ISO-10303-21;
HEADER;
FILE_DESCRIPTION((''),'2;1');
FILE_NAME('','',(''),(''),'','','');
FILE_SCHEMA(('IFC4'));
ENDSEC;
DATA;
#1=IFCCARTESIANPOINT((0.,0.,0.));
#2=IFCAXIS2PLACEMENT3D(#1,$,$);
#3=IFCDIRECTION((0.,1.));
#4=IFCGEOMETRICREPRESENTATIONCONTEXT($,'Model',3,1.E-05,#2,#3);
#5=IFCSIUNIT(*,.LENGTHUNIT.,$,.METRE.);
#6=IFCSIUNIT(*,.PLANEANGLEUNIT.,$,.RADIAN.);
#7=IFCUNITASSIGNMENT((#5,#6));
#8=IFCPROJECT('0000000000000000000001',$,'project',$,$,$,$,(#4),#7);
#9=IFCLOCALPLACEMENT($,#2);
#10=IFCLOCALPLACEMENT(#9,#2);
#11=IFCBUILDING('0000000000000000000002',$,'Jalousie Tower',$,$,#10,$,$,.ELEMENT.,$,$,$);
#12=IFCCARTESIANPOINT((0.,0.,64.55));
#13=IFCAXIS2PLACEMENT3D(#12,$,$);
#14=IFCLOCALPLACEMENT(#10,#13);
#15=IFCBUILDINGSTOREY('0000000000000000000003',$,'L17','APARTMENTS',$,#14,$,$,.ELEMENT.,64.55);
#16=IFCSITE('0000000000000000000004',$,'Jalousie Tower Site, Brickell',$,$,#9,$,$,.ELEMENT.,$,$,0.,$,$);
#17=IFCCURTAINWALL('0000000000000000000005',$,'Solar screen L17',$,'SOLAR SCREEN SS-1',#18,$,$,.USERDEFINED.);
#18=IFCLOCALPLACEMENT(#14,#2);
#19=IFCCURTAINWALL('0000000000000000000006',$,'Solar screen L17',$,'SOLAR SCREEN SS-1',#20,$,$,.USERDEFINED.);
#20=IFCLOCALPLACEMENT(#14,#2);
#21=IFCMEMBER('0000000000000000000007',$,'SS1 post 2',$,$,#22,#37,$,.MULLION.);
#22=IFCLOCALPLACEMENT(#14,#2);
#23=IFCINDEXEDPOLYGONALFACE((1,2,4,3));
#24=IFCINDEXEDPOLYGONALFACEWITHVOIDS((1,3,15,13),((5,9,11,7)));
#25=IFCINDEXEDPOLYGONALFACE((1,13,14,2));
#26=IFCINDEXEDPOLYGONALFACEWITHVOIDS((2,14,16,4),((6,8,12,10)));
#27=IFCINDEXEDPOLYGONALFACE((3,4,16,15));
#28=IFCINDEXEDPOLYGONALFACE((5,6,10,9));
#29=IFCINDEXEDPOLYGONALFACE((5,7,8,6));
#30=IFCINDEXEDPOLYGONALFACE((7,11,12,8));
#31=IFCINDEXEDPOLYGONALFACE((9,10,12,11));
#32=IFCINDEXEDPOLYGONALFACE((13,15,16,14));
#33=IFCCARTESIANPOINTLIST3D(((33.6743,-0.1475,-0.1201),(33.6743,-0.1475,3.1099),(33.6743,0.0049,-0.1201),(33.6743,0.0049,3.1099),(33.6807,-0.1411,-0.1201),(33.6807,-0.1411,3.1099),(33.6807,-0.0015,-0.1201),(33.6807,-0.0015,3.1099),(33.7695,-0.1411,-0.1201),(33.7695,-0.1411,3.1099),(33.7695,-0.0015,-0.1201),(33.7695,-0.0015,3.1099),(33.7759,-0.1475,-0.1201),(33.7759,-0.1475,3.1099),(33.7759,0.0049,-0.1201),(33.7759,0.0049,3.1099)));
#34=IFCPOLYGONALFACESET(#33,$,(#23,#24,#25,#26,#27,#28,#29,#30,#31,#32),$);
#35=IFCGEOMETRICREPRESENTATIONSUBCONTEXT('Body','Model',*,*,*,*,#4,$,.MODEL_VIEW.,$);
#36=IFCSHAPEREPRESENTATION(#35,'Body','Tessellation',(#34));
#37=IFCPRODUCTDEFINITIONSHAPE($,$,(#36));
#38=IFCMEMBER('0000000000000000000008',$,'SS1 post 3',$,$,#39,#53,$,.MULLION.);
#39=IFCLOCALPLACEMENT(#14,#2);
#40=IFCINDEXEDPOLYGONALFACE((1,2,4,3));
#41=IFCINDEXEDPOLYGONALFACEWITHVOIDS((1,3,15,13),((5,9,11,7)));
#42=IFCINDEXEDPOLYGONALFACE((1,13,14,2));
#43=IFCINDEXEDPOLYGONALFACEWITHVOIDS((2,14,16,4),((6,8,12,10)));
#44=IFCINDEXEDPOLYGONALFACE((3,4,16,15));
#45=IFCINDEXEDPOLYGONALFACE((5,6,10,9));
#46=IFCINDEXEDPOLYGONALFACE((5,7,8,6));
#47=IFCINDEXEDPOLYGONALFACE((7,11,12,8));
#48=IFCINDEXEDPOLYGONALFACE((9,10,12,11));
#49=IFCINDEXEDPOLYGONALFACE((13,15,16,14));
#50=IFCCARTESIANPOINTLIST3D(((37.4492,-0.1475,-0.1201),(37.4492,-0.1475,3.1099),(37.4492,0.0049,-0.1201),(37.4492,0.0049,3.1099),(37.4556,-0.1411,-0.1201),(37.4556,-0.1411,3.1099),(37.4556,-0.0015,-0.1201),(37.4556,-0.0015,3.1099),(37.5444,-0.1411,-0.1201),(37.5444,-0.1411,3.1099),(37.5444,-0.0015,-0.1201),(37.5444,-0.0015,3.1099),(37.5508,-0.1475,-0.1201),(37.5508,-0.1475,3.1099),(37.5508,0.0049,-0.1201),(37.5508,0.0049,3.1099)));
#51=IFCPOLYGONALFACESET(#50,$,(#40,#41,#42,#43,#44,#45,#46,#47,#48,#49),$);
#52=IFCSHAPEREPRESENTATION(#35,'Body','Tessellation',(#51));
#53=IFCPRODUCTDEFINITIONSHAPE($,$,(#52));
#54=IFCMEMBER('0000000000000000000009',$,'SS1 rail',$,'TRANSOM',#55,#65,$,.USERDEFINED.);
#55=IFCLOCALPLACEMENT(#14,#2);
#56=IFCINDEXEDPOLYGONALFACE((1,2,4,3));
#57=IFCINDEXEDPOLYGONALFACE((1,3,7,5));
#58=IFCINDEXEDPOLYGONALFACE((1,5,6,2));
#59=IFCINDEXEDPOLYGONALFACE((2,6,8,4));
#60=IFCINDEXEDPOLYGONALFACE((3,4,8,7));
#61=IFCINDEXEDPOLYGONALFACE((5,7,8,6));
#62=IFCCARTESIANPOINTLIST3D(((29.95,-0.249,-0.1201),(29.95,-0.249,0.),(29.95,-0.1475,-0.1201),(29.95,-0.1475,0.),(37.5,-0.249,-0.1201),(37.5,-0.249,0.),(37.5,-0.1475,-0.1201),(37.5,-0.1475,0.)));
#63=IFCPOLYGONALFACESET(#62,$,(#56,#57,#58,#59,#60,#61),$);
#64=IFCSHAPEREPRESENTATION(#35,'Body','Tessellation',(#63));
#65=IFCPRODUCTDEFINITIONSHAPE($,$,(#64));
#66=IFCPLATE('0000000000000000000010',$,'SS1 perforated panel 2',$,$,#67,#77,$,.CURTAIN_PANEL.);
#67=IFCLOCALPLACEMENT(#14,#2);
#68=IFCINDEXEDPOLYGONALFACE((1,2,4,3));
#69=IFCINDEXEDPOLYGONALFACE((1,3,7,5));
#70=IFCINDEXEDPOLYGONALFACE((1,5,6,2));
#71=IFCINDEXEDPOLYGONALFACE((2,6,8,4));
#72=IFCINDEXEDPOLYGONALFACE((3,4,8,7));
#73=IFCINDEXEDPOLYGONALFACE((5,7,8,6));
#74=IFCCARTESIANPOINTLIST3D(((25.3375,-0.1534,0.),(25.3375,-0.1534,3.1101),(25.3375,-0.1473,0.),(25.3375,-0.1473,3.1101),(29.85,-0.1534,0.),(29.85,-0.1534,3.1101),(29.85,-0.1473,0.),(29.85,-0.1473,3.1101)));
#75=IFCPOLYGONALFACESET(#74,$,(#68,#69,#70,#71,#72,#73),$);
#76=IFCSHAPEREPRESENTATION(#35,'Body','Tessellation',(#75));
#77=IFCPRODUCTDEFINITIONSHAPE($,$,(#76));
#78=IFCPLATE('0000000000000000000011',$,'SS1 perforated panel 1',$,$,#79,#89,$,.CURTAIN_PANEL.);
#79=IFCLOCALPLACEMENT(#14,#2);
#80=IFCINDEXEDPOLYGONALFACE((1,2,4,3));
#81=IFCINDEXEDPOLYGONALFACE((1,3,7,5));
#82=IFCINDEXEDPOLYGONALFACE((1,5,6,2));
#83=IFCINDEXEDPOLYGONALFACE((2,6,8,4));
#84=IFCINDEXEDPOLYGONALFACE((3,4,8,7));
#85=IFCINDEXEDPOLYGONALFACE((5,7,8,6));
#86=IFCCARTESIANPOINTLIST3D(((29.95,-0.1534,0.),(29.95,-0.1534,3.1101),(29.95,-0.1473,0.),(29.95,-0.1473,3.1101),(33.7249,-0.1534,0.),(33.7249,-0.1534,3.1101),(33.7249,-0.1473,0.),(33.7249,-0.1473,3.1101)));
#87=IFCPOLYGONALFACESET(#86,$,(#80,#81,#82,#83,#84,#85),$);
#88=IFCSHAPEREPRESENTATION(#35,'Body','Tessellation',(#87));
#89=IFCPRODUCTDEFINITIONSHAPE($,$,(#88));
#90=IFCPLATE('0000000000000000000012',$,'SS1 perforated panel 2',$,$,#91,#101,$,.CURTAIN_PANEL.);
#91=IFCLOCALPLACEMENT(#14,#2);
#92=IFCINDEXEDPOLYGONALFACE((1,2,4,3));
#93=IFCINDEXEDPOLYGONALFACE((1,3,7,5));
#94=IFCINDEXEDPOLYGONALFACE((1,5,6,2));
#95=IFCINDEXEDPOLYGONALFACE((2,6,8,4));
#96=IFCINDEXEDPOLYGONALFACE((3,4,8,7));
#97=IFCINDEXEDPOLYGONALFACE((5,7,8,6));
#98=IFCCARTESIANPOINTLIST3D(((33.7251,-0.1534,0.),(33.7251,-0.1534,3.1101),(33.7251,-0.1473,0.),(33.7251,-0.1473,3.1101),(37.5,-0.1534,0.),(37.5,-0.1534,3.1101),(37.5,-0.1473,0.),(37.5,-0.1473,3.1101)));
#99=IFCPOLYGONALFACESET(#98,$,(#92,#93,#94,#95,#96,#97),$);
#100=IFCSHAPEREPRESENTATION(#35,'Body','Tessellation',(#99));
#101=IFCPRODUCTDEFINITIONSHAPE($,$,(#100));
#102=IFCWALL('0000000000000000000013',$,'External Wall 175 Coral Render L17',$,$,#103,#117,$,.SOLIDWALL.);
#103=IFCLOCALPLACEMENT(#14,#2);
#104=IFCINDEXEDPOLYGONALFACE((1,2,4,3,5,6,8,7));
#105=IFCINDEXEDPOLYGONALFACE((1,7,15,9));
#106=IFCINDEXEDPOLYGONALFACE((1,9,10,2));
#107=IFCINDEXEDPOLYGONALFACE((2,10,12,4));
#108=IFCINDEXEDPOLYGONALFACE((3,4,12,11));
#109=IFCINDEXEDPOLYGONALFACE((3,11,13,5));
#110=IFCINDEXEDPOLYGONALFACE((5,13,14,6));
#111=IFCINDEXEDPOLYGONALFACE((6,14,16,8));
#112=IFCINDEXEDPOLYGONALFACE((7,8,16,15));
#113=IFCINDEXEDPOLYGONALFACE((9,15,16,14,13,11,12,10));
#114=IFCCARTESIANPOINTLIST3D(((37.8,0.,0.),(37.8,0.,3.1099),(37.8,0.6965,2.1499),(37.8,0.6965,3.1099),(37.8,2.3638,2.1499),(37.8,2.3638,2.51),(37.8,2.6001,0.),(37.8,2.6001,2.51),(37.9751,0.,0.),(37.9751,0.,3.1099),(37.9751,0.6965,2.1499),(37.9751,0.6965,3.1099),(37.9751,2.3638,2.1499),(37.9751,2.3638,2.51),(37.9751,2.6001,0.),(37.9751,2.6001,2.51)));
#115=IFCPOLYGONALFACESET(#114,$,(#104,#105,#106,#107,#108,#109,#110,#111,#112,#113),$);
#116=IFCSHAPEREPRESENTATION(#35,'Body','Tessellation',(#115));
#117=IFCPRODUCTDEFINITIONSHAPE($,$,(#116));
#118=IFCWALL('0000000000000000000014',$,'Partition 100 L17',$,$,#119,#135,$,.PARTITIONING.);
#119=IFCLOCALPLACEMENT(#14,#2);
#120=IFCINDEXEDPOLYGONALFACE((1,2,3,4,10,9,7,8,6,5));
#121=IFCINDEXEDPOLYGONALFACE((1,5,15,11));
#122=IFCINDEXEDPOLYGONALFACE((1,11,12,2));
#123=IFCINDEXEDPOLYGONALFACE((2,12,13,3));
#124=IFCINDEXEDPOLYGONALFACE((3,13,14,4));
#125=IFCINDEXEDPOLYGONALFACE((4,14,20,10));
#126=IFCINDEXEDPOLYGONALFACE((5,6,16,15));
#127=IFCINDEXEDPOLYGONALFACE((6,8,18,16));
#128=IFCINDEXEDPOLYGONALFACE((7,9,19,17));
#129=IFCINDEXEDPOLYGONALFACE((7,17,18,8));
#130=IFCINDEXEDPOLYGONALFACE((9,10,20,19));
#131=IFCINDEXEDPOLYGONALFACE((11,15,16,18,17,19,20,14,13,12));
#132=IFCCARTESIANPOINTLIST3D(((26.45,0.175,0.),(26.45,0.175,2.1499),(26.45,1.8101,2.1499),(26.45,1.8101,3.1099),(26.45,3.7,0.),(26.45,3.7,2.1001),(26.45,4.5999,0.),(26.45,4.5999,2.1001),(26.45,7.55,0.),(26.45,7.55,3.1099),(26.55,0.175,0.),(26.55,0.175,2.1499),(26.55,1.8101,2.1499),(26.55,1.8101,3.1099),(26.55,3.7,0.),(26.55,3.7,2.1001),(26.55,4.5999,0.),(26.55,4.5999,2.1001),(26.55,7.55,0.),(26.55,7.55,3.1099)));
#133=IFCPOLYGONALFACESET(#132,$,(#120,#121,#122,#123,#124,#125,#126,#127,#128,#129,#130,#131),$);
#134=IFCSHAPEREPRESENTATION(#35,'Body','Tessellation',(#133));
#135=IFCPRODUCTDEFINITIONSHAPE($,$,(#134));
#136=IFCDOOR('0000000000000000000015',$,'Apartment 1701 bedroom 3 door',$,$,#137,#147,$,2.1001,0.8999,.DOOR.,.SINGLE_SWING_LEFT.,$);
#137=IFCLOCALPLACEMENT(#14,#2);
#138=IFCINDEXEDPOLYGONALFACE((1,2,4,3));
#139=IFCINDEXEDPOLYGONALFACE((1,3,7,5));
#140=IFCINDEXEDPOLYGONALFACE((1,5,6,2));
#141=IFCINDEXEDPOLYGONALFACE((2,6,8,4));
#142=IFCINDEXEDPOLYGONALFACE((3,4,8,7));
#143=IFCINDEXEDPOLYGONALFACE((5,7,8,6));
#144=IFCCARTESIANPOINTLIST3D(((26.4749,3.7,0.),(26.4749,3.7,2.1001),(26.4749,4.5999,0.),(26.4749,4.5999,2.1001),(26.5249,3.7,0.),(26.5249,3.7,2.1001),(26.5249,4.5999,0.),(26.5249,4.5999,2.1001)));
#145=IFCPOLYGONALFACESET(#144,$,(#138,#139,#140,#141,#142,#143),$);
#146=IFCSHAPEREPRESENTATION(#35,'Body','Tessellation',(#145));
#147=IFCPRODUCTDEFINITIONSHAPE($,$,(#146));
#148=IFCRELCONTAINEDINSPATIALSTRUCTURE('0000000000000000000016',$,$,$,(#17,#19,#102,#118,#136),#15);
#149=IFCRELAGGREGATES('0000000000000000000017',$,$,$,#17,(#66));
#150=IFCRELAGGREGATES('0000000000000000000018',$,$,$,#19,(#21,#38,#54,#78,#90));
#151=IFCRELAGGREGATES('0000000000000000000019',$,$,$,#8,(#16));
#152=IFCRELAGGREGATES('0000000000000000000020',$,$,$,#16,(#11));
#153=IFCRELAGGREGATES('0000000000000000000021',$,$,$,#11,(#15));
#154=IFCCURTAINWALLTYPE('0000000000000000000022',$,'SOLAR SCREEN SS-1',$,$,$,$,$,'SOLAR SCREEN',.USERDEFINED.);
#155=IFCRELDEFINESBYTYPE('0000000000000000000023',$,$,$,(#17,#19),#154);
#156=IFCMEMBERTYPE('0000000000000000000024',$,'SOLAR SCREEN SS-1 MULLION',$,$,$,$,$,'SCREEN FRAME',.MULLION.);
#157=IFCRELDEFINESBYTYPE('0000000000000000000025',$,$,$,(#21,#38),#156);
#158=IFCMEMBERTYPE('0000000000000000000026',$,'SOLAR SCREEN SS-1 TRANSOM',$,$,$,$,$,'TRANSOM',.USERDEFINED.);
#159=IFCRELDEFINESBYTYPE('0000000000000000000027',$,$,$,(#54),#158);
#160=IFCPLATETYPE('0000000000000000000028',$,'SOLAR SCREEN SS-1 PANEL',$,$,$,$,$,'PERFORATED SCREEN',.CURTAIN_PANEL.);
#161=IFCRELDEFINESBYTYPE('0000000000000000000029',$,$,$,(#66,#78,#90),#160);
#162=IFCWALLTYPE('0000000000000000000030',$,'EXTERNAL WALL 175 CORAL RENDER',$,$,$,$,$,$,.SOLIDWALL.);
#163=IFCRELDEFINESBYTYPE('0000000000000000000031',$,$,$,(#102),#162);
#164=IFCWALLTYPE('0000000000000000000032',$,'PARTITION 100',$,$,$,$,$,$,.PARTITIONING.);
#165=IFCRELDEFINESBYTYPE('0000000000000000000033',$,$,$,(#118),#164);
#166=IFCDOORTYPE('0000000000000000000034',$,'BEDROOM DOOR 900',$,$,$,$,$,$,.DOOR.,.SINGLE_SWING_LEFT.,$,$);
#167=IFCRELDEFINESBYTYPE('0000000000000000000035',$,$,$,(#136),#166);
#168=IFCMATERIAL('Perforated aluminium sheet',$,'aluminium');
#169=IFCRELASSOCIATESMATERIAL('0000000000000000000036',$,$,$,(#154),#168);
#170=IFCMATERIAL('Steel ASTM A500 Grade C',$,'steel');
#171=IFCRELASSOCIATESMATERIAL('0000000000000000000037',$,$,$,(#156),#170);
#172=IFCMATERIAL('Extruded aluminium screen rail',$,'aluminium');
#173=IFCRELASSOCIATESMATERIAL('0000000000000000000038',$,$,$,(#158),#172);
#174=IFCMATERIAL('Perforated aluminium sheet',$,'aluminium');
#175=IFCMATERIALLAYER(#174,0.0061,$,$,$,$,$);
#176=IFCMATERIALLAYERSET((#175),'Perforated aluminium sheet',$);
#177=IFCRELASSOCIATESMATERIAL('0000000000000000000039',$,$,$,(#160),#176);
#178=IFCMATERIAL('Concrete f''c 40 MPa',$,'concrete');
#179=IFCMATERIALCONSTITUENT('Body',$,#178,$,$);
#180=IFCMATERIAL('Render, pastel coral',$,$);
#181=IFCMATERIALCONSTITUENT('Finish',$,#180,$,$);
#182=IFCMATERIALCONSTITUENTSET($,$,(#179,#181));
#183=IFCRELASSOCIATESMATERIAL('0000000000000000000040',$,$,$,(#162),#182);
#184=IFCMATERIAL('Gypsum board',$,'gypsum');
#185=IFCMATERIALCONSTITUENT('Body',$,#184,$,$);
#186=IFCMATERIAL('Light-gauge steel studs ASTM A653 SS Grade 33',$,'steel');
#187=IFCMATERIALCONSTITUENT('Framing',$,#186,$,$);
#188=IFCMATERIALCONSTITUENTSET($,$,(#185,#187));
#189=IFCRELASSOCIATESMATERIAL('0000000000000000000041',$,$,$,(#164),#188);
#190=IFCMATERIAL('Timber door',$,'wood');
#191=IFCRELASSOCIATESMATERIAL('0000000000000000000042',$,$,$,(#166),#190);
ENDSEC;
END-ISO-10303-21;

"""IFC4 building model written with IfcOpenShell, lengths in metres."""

from ifc_helpers import new_model, si_unit, direction, frame, frame_2d, origin, origin_2d, place, context, subcontext, project, spatial, polyline, rectangle, hollow_rectangle, outline, extrude, material, layer, layer_set, constituent, constituent_set, material_profile, profile_set, type_object, element, fill, aggregate, save


model = new_model("IFC4")

# Units and contexts
model_context = context("Model", 3, precision=1e-05, world=origin(), true_north=direction((0.0, 1.0)))
body_context = subcontext(model_context, "Body", "Model", "MODEL_VIEW")
ifc_project = project(units=[si_unit("LENGTHUNIT", "METRE"), si_unit("PLANEANGLEUNIT", "RADIAN")], contexts=[model_context])

# Site, building, storey
site_placement = place(None, origin())
site = spatial("IfcSite", under=ifc_project, at=site_placement, Name="Jalousie Tower Site, Brickell", CompositionType="ELEMENT", RefElevation=0.0)
building_placement = place(site_placement, origin())
building = spatial("IfcBuilding", under=site, at=building_placement, Name="Jalousie Tower", CompositionType="ELEMENT")
storey_placement = place(building_placement, frame((0.0, 0.0, 64.55)))
storey = spatial("IfcBuildingStorey", under=building, at=storey_placement, Name="L17", Description="APARTMENTS", CompositionType="ELEMENT", Elevation=64.55)

# Curtain walls, members
ifc_material_1 = material(Name="Perforated aluminium sheet", Category="aluminium")
curtain_wall_type = type_object("IfcCurtainWallType", Name="SOLAR SCREEN SS-1", ElementType="SOLAR SCREEN", PredefinedType="USERDEFINED", material=ifc_material_1)
curtain_wall_1_placement = place(storey_placement, origin())
curtain_wall_1 = element("IfcCurtainWall", 1, at=curtain_wall_1_placement, inside=storey, type_object=curtain_wall_type, Name="Solar screen L17", ObjectType="SOLAR SCREEN SS-1", PredefinedType="USERDEFINED")
ifc_material_2 = material(Name="Steel ASTM A500 Grade C", Category="steel")
ifc_material_profile_1 = material_profile(ifc_material_2, hollow_rectangle(XDim=0.1016, YDim=0.1523, WallThickness=0.0063, at=origin_2d()), Name="HSS6X4X1/4")
ifc_profile_set_1 = profile_set([ifc_material_profile_1], Name="Steel ASTM A500 Grade C")
member_type_1 = type_object("IfcMemberType", Name="SOLAR SCREEN SS-1 MULLION", ElementType="SCREEN FRAME", PredefinedType="MULLION", material=ifc_profile_set_1)
curtain_wall_2_placement = place(storey_placement, origin())
curtain_wall_2 = element("IfcCurtainWall", 2, at=curtain_wall_2_placement, inside=storey, type_object=curtain_wall_type, Name="Solar screen L17", ObjectType="SOLAR SCREEN SS-1", PredefinedType="USERDEFINED")
member_1_placement = place(storey_placement, frame((33.7251, -0.0713, -0.1201), z_axis=(0.0, 0.0, 1.0), x_axis=(1.0, 0.0, 0.0)))
member_1 = element("IfcMember", 3, at=member_1_placement, type_object=member_type_1, Name="SS1 post 2", PredefinedType="MULLION", context=body_context, shape_type="SweptSolid", body=[
    extrude(hollow_rectangle(XDim=0.1016, YDim=0.1523, WallThickness=0.0063, at=origin_2d()), origin(), (0.0, 0.0, 1.0), 3.23),
])
member_2_placement = place(storey_placement, frame((37.5, -0.0713, -0.1201), z_axis=(0.0, 0.0, 1.0), x_axis=(1.0, 0.0, 0.0)))
member_2 = element("IfcMember", 4, at=member_2_placement, type_object=member_type_1, Name="SS1 post 3", PredefinedType="MULLION", context=body_context, shape_type="SweptSolid", body=[
    extrude(hollow_rectangle(XDim=0.1016, YDim=0.1523, WallThickness=0.0063, at=origin_2d()), origin(), (0.0, 0.0, 1.0), 3.23),
])
ifc_material_3 = material(Name="Extruded aluminium screen rail", Category="aluminium")
ifc_material_profile_2 = material_profile(ifc_material_3, rectangle(XDim=0.1016, YDim=0.1201, at=origin_2d()), Name="RAIL 102x120")
ifc_profile_set_2 = profile_set([ifc_material_profile_2], Name="Extruded aluminium screen rail")
member_type_2 = type_object("IfcMemberType", Name="SOLAR SCREEN SS-1 TRANSOM", ElementType="TRANSOM", PredefinedType="USERDEFINED", material=ifc_profile_set_2)
member_3_placement = place(storey_placement, frame((29.95, -0.1982, -0.0601), z_axis=(1.0, 0.0, 0.0), x_axis=(0.0, 1.0, 0.0)))
member_3 = element("IfcMember", 5, at=member_3_placement, type_object=member_type_2, Name="SS1 rail", ObjectType="TRANSOM", PredefinedType="USERDEFINED", context=body_context, shape_type="SweptSolid", body=[
    extrude(rectangle(XDim=0.1016, YDim=0.1201, at=origin_2d()), origin(), (0.0, 0.0, 1.0), 7.55),
])

# Plates
ifc_material_4 = material(Name="Perforated aluminium sheet", Category="aluminium")
ifc_layer_1 = layer(ifc_material_4, 0.0061)
ifc_layer_set_1 = layer_set([ifc_layer_1], Name="Perforated aluminium sheet")
plate_type = type_object("IfcPlateType", Name="SOLAR SCREEN SS-1 PANEL", ElementType="PERFORATED SCREEN", PredefinedType="CURTAIN_PANEL", material=ifc_layer_set_1)
plate_1_placement = place(storey_placement, frame((27.5938, -0.1504, 0.0), z_axis=(0.0, 0.0, 1.0), x_axis=(1.0, 0.0, 0.0)))
plate_1 = element("IfcPlate", 6, at=plate_1_placement, type_object=plate_type, Name="SS1 perforated panel 2", PredefinedType="CURTAIN_PANEL", context=body_context, shape_type="SweptSolid", body=[
    extrude(rectangle(XDim=4.5125, YDim=0.0061, at=origin_2d()), origin(), (0.0, 0.0, 1.0), 3.1101),
])
aggregate(curtain_wall_1, [plate_1])
plate_2_placement = place(storey_placement, frame((31.8374, -0.1504, 0.0), z_axis=(0.0, 0.0, 1.0), x_axis=(1.0, 0.0, 0.0)))
plate_2 = element("IfcPlate", 7, at=plate_2_placement, type_object=plate_type, Name="SS1 perforated panel 1", PredefinedType="CURTAIN_PANEL", context=body_context, shape_type="SweptSolid", body=[
    extrude(rectangle(XDim=3.7749, YDim=0.0061, at=origin_2d()), origin(), (0.0, 0.0, 1.0), 3.1101),
])
plate_3_placement = place(storey_placement, frame((35.6125, -0.1504, 0.0), z_axis=(0.0, 0.0, 1.0), x_axis=(1.0, 0.0, 0.0)))
plate_3 = element("IfcPlate", 8, at=plate_3_placement, type_object=plate_type, Name="SS1 perforated panel 2", PredefinedType="CURTAIN_PANEL", context=body_context, shape_type="SweptSolid", body=[
    extrude(rectangle(XDim=3.7749, YDim=0.0061, at=origin_2d()), origin(), (0.0, 0.0, 1.0), 3.1101),
])
aggregate(curtain_wall_2, [member_1, member_2, member_3, plate_2, plate_3])

# Wall
ifc_material_5 = material(Name="Concrete f'c 40 MPa", Category="concrete")
ifc_constituent_1 = constituent(ifc_material_5, Name="Body")
ifc_material_6 = material(Name="Render, pastel coral")
ifc_constituent_2 = constituent(ifc_material_6, Name="Finish")
ifc_constituent_set_1 = constituent_set(constituents=[ifc_constituent_1, ifc_constituent_2])
wall_type_1 = type_object("IfcWallType", Name="EXTERNAL WALL 175 CORAL RENDER", PredefinedType="SOLIDWALL", material=ifc_constituent_set_1)
wall_1_placement = place(storey_placement, frame((37.8875, 0.0, 0.0), z_axis=(0.0, 0.0, 1.0), x_axis=(0.0, 1.0, 0.0)))
element("IfcWall", 9, at=wall_1_placement, inside=storey, type_object=wall_type_1, Name="External Wall 175 Coral Render L17", PredefinedType="SOLIDWALL", context=body_context, shape_type="SweptSolid", body=[
    extrude(outline(polyline([(0.0, 0.0), (2.6001, 0.0), (2.6001, 2.51), (2.3638, 2.51), (2.3638, 2.1499), (0.6965, 2.1499), (0.6965, 3.1099), (0.0, 3.1099), (0.0, 0.0)])), frame((0.0, 0.0874, 0.0), z_axis=(0.0, -1.0, 0.0), x_axis=(1.0, 0.0, 0.0)), (0.0, 0.0, 1.0), 0.175),
])

# Wall, opening, door
ifc_material_7 = material(Name="Gypsum board", Category="gypsum")
ifc_constituent_3 = constituent(ifc_material_7, Name="Body")
ifc_material_8 = material(Name="Light-gauge steel studs ASTM A653 SS Grade 33", Category="steel")
ifc_constituent_4 = constituent(ifc_material_8, Name="Framing")
ifc_constituent_set_2 = constituent_set(constituents=[ifc_constituent_3, ifc_constituent_4])
wall_type_2 = type_object("IfcWallType", Name="PARTITION 100", PredefinedType="PARTITIONING", material=ifc_constituent_set_2)
wall_2_placement = place(storey_placement, frame((26.5, 0.175, 0.0), z_axis=(0.0, 0.0, 1.0), x_axis=(0.0, 1.0, 0.0)))
wall_2 = element("IfcWall", 10, at=wall_2_placement, inside=storey, type_object=wall_type_2, Name="Partition 100 L17", PredefinedType="PARTITIONING", context=body_context, shape_type="SweptSolid", body=[
    extrude(outline(polyline([(0.0, 0.0), (7.375, 0.0), (7.375, 3.1099), (1.635, 3.1099), (1.635, 2.1499), (0.0, 2.1499), (0.0, 3.1099), (0.0, 0.0)])), frame((0.0, 0.05, 0.0), z_axis=(0.0, -1.0, 0.0), x_axis=(1.0, 0.0, 0.0)), (0.0, 0.0, 1.0), 0.1001),
])
opening_1_placement = place(wall_2_placement, frame((3.5249, 0.0, 0.0)))
opening_1 = element("IfcOpeningElement", 11, at=opening_1_placement, cuts=wall_2, PredefinedType="OPENING", context=body_context, shape_type="SweptSolid", body=[
    extrude(rectangle(XDim=0.8999, YDim=2.1001, at=frame_2d((0.45, 1.05))), frame((0.0, 0.0601, 0.0), z_axis=(0.0, -1.0, 0.0), x_axis=(1.0, 0.0, 0.0)), (0.0, 0.0, 1.0), 0.1201),
])
ifc_material_9 = material(Name="Timber door", Category="wood")
door_type = type_object("IfcDoorType", Name="BEDROOM DOOR 900", OperationType="SINGLE_SWING_LEFT", PredefinedType="DOOR", material=ifc_material_9)
door_1_placement = place(opening_1_placement, frame((0.8999, 0.0, 0.0), z_axis=(0.0, 0.0, 1.0), x_axis=(-1.0, 0.0, 0.0)))
door_1 = element("IfcDoor", 12, at=door_1_placement, inside=storey, type_object=door_type, Name="Apartment 1701 bedroom 3 door", OperationType="SINGLE_SWING_LEFT", OverallHeight=2.1001, OverallWidth=0.8999, PredefinedType="DOOR", context=body_context, shape_type="SweptSolid", body=[
    extrude(rectangle(XDim=0.8999, YDim=2.1001, at=frame_2d((0.45, 1.05))), frame((0.0, 0.0249, 0.0), z_axis=(0.0, -1.0, 0.0), x_axis=(1.0, 0.0, 0.0)), (0.0, 0.0, 1.0), 0.05),
])
fill(opening_1, door_1)

save(model, "model.ifc")
